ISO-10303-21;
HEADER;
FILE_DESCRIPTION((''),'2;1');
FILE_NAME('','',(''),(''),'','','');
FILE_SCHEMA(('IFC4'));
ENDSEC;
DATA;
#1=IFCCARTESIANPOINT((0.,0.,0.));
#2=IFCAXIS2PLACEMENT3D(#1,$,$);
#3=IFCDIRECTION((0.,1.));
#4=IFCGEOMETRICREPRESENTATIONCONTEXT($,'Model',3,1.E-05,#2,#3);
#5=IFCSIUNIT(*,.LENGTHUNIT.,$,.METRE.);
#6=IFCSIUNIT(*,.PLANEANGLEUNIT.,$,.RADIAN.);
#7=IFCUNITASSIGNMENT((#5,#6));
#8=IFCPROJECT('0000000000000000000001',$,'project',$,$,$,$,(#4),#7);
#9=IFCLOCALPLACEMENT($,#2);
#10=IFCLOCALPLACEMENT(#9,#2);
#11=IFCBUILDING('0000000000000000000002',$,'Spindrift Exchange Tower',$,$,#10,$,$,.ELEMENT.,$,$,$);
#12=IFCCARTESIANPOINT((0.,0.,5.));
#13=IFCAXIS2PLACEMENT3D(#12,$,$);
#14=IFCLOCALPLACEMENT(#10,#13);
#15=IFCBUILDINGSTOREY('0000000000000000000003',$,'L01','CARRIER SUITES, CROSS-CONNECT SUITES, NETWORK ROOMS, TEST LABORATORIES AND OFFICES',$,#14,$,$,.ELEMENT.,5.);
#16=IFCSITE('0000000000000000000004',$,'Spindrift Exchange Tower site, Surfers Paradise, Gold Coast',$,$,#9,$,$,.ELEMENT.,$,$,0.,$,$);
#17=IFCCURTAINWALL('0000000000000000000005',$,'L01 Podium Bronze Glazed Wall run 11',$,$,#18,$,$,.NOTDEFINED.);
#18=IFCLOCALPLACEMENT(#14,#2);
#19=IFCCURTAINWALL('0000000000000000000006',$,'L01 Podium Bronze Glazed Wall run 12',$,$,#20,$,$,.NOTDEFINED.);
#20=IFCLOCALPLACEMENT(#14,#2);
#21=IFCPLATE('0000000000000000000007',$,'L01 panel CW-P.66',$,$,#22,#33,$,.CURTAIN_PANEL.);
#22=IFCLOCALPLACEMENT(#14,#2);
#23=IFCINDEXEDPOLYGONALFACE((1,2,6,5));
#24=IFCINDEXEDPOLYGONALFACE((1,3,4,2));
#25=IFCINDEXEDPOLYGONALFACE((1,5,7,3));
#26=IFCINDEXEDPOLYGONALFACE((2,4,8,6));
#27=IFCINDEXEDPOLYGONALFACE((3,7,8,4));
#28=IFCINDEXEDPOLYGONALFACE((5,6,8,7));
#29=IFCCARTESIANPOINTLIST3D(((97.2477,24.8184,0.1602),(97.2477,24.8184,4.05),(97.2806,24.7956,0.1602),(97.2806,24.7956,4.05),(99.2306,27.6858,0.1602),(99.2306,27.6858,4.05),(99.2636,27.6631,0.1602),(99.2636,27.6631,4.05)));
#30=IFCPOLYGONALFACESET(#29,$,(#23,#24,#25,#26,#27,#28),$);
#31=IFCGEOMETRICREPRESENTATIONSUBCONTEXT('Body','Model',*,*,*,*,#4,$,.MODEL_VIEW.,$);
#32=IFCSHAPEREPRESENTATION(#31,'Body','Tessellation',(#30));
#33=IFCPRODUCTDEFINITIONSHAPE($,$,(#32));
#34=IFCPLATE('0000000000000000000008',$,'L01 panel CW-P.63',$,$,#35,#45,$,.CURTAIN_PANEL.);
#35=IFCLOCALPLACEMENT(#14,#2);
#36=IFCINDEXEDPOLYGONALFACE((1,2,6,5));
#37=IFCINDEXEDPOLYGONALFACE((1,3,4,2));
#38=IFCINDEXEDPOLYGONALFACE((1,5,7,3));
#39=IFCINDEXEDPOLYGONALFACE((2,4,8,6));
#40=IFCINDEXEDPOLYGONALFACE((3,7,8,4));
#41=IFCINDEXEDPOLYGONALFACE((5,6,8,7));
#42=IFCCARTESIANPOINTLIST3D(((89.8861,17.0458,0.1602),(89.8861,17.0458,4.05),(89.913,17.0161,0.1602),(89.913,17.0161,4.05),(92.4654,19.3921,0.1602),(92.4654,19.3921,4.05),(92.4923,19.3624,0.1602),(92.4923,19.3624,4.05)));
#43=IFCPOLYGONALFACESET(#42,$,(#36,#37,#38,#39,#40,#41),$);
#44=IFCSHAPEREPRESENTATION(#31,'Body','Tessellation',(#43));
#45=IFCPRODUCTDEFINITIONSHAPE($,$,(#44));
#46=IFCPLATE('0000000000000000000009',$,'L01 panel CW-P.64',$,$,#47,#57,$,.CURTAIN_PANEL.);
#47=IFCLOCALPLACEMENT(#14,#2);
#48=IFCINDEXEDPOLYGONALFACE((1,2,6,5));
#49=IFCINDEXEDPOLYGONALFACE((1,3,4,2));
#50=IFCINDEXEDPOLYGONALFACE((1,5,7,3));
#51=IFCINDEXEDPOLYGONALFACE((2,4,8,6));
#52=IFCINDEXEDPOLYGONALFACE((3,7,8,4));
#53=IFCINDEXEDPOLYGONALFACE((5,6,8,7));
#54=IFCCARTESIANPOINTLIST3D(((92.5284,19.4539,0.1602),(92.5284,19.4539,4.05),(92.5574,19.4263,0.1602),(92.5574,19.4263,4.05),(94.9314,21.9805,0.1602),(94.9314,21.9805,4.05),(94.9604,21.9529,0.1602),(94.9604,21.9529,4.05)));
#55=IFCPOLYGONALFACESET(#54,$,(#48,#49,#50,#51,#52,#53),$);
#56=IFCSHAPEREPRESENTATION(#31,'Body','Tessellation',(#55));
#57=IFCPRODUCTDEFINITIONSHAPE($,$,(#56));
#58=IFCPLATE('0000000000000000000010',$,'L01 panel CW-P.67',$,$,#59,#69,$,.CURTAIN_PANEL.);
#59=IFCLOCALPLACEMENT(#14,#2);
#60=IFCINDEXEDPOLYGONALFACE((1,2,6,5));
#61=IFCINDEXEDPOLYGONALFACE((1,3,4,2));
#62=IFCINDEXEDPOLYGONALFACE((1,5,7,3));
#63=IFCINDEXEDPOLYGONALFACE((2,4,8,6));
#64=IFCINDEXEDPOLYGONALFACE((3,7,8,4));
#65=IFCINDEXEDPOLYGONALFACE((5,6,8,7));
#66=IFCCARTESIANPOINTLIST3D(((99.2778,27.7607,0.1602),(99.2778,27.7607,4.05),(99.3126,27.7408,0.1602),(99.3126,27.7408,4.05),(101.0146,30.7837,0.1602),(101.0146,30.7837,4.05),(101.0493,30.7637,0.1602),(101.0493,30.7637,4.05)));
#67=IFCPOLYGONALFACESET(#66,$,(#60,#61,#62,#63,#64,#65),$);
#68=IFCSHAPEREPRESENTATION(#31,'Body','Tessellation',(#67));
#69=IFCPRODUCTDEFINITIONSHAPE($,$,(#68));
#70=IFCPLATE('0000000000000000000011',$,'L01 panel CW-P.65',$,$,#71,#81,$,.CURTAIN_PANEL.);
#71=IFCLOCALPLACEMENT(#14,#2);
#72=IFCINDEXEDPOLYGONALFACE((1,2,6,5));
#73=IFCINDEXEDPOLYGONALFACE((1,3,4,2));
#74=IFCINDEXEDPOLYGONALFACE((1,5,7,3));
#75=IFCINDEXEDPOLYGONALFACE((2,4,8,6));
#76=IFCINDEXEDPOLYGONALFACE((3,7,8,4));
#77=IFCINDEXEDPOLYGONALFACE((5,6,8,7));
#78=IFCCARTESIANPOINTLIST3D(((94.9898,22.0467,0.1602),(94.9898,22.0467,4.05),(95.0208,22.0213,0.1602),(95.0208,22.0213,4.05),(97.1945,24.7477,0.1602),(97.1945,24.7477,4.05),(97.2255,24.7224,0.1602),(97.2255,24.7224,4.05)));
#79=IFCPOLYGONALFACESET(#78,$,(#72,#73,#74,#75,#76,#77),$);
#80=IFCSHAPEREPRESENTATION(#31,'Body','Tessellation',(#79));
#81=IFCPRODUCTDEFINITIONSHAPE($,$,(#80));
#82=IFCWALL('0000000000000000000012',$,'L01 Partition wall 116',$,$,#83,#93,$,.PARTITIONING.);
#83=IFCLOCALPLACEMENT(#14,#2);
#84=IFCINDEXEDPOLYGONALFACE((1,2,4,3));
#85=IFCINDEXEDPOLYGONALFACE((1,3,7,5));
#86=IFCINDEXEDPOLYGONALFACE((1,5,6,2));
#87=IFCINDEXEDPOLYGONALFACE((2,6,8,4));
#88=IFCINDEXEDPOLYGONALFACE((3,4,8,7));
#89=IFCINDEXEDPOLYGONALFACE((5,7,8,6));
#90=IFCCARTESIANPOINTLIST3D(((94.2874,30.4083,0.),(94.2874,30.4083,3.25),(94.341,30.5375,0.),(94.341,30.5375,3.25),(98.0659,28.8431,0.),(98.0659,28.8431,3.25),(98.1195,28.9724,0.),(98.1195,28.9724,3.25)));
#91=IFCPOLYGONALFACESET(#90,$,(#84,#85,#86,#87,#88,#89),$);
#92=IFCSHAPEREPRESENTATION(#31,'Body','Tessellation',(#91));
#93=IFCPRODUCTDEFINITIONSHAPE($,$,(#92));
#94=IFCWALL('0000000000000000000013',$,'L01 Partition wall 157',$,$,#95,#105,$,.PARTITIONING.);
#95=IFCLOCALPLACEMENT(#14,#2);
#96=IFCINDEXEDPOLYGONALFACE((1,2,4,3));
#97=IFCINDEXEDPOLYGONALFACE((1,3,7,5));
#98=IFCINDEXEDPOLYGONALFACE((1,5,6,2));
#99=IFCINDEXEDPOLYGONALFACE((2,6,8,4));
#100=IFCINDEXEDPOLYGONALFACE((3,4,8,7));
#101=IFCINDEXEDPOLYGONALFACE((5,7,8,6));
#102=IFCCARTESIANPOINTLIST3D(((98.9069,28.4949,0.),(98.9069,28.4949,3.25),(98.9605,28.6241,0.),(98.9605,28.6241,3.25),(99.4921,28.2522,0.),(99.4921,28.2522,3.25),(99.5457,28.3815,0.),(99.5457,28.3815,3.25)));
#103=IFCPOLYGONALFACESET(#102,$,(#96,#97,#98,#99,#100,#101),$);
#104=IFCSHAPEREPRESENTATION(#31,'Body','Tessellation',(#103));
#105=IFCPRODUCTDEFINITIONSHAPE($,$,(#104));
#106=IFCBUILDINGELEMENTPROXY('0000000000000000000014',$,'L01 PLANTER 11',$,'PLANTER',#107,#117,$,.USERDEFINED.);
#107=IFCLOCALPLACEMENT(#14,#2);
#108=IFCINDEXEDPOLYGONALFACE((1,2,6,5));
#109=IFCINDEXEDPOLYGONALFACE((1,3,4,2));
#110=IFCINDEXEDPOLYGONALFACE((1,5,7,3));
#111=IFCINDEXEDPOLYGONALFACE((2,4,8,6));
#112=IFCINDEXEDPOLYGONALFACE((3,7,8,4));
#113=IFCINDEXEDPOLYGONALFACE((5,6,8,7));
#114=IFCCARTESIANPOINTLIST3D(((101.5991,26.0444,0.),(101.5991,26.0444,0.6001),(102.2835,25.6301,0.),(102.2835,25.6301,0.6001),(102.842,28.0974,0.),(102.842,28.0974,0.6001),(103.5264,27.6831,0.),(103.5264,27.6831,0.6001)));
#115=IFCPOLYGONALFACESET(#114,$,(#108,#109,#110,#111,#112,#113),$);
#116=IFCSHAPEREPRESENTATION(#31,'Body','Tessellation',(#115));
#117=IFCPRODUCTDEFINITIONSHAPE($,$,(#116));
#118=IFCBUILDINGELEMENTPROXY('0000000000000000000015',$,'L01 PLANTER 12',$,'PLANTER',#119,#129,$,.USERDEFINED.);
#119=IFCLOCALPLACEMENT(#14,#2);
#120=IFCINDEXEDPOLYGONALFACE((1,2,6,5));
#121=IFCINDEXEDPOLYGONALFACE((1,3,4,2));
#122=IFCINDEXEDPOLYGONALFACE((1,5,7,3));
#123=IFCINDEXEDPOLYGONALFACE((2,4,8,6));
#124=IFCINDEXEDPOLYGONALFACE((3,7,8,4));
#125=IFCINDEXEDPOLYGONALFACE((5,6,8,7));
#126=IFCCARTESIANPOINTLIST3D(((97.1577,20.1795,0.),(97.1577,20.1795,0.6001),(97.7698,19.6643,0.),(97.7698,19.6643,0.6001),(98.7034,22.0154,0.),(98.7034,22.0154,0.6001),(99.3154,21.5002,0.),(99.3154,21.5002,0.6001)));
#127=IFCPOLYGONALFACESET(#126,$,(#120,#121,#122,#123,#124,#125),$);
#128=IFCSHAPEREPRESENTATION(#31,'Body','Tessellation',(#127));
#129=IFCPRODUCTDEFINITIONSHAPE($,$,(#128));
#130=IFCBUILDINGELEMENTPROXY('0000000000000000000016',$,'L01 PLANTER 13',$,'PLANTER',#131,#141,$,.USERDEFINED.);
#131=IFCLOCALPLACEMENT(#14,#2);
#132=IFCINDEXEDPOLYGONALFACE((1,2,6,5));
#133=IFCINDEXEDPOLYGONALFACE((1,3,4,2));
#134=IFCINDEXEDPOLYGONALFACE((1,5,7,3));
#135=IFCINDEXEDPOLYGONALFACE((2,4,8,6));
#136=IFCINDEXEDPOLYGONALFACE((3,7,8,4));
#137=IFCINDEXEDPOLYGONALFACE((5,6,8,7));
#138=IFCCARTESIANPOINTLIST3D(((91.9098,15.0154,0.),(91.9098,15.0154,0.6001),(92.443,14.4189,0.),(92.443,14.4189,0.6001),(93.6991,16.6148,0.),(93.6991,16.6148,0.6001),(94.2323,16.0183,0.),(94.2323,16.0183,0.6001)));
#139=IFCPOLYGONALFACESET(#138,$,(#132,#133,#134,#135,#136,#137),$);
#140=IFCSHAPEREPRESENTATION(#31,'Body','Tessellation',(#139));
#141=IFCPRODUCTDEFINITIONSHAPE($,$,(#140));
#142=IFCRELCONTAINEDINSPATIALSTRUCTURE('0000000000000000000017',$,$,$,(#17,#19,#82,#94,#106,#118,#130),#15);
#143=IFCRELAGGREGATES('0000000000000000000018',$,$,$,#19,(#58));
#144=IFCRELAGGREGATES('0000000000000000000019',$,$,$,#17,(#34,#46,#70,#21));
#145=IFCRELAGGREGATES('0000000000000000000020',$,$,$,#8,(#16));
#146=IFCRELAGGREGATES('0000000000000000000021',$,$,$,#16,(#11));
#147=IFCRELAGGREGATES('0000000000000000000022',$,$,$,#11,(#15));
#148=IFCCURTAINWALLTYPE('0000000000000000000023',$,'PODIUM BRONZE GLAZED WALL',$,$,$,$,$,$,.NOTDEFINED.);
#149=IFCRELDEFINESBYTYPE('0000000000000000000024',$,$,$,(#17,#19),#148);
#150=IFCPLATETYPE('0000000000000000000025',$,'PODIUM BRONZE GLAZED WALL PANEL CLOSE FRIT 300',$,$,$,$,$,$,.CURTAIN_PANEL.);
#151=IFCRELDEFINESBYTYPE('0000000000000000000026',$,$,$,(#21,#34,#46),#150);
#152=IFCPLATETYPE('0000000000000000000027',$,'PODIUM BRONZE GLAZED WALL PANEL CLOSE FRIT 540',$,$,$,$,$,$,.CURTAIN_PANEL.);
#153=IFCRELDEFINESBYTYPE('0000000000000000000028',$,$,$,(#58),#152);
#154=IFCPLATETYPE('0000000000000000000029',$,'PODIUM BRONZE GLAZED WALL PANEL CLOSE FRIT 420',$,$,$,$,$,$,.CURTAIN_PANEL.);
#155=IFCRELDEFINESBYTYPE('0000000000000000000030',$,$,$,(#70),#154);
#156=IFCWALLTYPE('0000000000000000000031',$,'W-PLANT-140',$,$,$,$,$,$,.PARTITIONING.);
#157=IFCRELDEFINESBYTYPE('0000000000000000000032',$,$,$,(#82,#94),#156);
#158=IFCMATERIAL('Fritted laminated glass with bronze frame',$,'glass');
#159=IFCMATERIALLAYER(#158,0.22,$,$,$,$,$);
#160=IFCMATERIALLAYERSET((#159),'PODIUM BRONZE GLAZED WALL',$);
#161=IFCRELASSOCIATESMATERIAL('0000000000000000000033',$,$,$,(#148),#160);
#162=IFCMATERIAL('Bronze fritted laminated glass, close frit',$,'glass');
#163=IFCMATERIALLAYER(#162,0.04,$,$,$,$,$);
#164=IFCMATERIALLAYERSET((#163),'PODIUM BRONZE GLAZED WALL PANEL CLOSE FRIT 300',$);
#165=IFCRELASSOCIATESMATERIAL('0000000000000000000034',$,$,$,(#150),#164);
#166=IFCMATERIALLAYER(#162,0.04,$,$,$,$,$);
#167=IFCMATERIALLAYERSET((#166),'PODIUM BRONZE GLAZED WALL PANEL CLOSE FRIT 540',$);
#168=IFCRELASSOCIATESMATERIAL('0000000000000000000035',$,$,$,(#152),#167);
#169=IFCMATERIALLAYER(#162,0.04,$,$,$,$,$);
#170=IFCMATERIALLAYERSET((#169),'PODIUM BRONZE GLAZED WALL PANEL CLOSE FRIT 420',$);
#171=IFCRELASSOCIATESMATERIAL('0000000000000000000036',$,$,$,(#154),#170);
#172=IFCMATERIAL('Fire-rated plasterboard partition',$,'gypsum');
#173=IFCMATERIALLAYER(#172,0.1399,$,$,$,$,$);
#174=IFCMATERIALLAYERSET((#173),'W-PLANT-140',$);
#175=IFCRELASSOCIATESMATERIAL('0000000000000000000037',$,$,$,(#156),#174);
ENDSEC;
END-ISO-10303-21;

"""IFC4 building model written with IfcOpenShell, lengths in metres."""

from ifc_helpers import new_model, si_unit, direction, frame, frame_2d, origin, origin_2d, place, context, subcontext, project, spatial, rectangle, extrude, source, transform, mapped, material, layer, layer_set, type_object, element, aggregate, save


model = new_model("IFC4")

# Units and contexts
model_context = context("Model", 3, precision=1e-05, world=origin(), true_north=direction((0.0, 1.0)))
body_context = subcontext(model_context, "Body", "Model", "MODEL_VIEW")
ifc_project = project(units=[si_unit("LENGTHUNIT", "METRE"), si_unit("PLANEANGLEUNIT", "RADIAN")], contexts=[model_context])

# Site, building, storey
site_placement = place(None, origin())
site = spatial("IfcSite", under=ifc_project, at=site_placement, Name="Spindrift Exchange Tower site, Surfers Paradise, Gold Coast", CompositionType="ELEMENT", RefElevation=0.0)
building_placement = place(site_placement, origin())
building = spatial("IfcBuilding", under=site, at=building_placement, Name="Spindrift Exchange Tower", CompositionType="ELEMENT")
storey_placement = place(building_placement, frame((0.0, 0.0, 5.0)))
storey = spatial("IfcBuildingStorey", under=building, at=storey_placement, Name="L01", Description="CARRIER SUITES, CROSS-CONNECT SUITES, NETWORK ROOMS, TEST LABORATORIES AND OFFICES", CompositionType="ELEMENT", Elevation=5.0)

# Curtain wall
ifc_material_1 = material(Name="Fritted laminated glass with bronze frame", Category="glass")
ifc_layer_1 = layer(ifc_material_1, 0.22)
ifc_layer_set_1 = layer_set([ifc_layer_1], Name="PODIUM BRONZE GLAZED WALL")
curtain_wall_type = type_object("IfcCurtainWallType", Name="PODIUM BRONZE GLAZED WALL", PredefinedType="NOTDEFINED", material=ifc_layer_set_1)
curtain_wall_1_placement = place(storey_placement, origin())
curtain_wall_1 = element("IfcCurtainWall", 1, at=curtain_wall_1_placement, inside=storey, type_object=curtain_wall_type, Name="L01 Podium Bronze Glazed Wall run 11", PredefinedType="NOTDEFINED")

# Curtain wall
curtain_wall_2_placement = place(storey_placement, origin())
curtain_wall_2 = element("IfcCurtainWall", 2, at=curtain_wall_2_placement, inside=storey, type_object=curtain_wall_type, Name="L01 Podium Bronze Glazed Wall run 12", PredefinedType="NOTDEFINED")

# Plates
ifc_material_2 = material(Name="Bronze fritted laminated glass, close frit", Category="glass")
ifc_layer_2 = layer(ifc_material_2, 0.04)
ifc_layer_set_2 = layer_set([ifc_layer_2], Name="PODIUM BRONZE GLAZED WALL PANEL CLOSE FRIT 300")
plate_type_1 = type_object("IfcPlateType", Name="PODIUM BRONZE GLAZED WALL PANEL CLOSE FRIT 300", PredefinedType="CURTAIN_PANEL", material=ifc_layer_set_2)
shared_shape_1 = source(origin(), body_context, "Body", "SweptSolid", [
    extrude(rectangle(XDim=3.4863, YDim=0.04, at=origin_2d()), origin(), (0.0, 0.0, 1.0), 3.8899),
])
plate_1_placement = place(storey_placement, frame((98.2556, 26.2407, 0.1602), z_axis=(0.0, 0.0, 1.0), x_axis=(0.568777, 0.822492, 0.0)))
plate_1 = element("IfcPlate", 3, at=plate_1_placement, type_object=plate_type_1, Name="L01 panel CW-P.66", PredefinedType="CURTAIN_PANEL", context=body_context, shape_type="MappedRepresentation", body=[
    mapped(shared_shape_1, transform((0.0, 0.0, 0.0), scale=1.0)),
])
shared_shape_2 = source(origin(), body_context, "Body", "SweptSolid", [
    extrude(rectangle(XDim=3.4868, YDim=0.04, at=origin_2d()), origin(), (0.0, 0.0, 1.0), 3.8899),
])
plate_2_placement = place(storey_placement, frame((91.1892, 18.2041, 0.1602), z_axis=(0.0, 0.0, 1.0), x_axis=(0.739727, 0.672907, 0.0)))
plate_2 = element("IfcPlate", 4, at=plate_2_placement, type_object=plate_type_1, Name="L01 panel CW-P.63", PredefinedType="CURTAIN_PANEL", context=body_context, shape_type="MappedRepresentation", body=[
    mapped(shared_shape_2, transform((0.0, 0.0, 0.0), scale=1.0)),
])
plate_3_placement = place(storey_placement, frame((93.7444, 20.7034, 0.1602), z_axis=(0.0, 0.0, 1.0), x_axis=(0.689158, 0.724611, 0.0)))
plate_3 = element("IfcPlate", 5, at=plate_3_placement, type_object=plate_type_1, Name="L01 panel CW-P.64", PredefinedType="CURTAIN_PANEL", context=body_context, shape_type="MappedRepresentation", body=[
    mapped(shared_shape_2, transform((0.0, 0.0, 0.0), scale=1.0)),
])
ifc_layer_3 = layer(ifc_material_2, 0.04)
ifc_layer_set_3 = layer_set([ifc_layer_3], Name="PODIUM BRONZE GLAZED WALL PANEL CLOSE FRIT 540")
plate_type_2 = type_object("IfcPlateType", Name="PODIUM BRONZE GLAZED WALL PANEL CLOSE FRIT 540", PredefinedType="CURTAIN_PANEL", material=ifc_layer_set_3)
shared_shape_3 = source(origin(), body_context, "Body", "SweptSolid", [
    extrude(rectangle(XDim=3.4863, YDim=0.04, at=origin_2d()), origin(), (0.0, 0.0, 1.0), 3.8899),
])
plate_4_placement = place(storey_placement, frame((100.1636, 29.2622, 0.1602), z_axis=(0.0, 0.0, 1.0), x_axis=(0.498161, 0.867085, 0.0)))
plate_4 = element("IfcPlate", 6, at=plate_4_placement, type_object=plate_type_2, Name="L01 panel CW-P.67", PredefinedType="CURTAIN_PANEL", context=body_context, shape_type="MappedRepresentation", body=[
    mapped(shared_shape_3, transform((0.0, 0.0, 0.0), scale=1.0)),
])
aggregate(curtain_wall_2, [plate_4])
ifc_layer_4 = layer(ifc_material_2, 0.04)
ifc_layer_set_4 = layer_set([ifc_layer_4], Name="PODIUM BRONZE GLAZED WALL PANEL CLOSE FRIT 420")
plate_type_3 = type_object("IfcPlateType", Name="PODIUM BRONZE GLAZED WALL PANEL CLOSE FRIT 420", PredefinedType="CURTAIN_PANEL", material=ifc_layer_set_4)
shared_shape_4 = source(origin(), body_context, "Body", "SweptSolid", [
    extrude(rectangle(XDim=3.4866, YDim=0.04, at=origin_2d()), origin(), (0.0, 0.0, 1.0), 3.8899),
])
plate_5_placement = place(storey_placement, frame((96.1077, 23.3845, 0.1602), z_axis=(0.0, 0.0, 1.0), x_axis=(0.63233, 0.7747, 0.0)))
plate_5 = element("IfcPlate", 7, at=plate_5_placement, type_object=plate_type_3, Name="L01 panel CW-P.65", PredefinedType="CURTAIN_PANEL", context=body_context, shape_type="MappedRepresentation", body=[
    mapped(shared_shape_4, transform((0.0, 0.0, 0.0), scale=1.0)),
])
aggregate(curtain_wall_1, [plate_2, plate_3, plate_5, plate_1])

# Walls
ifc_material_3 = material(Name="Fire-rated plasterboard partition", Category="gypsum")
ifc_layer_5 = layer(ifc_material_3, 0.1399)
ifc_layer_set_5 = layer_set([ifc_layer_5], Name="W-PLANT-140")
wall_type = type_object("IfcWallType", Name="W-PLANT-140", PredefinedType="PARTITIONING", material=ifc_layer_set_5)
wall_1_placement = place(storey_placement, frame((94.3142, 30.4729, 0.0), z_axis=(0.0, 0.0, 1.0), x_axis=(0.923875, -0.382694, 0.0)))
element("IfcWall", 8, at=wall_1_placement, inside=storey, type_object=wall_type, Name="L01 Partition wall 116", PredefinedType="PARTITIONING", context=body_context, shape_type="SweptSolid", body=[
    extrude(rectangle(XDim=4.0898, YDim=0.1399, at=frame_2d((2.0449, 0.0))), origin(), (0.0, 0.0, 1.0), 3.25),
])
wall_2_placement = place(storey_placement, frame((98.9336, 28.5596, 0.0), z_axis=(0.0, 0.0, 1.0), x_axis=(0.923725, -0.383055, 0.0)))
element("IfcWall", 9, at=wall_2_placement, inside=storey, type_object=wall_type, Name="L01 Partition wall 157", PredefinedType="PARTITIONING", context=body_context, shape_type="SweptSolid", body=[
    extrude(rectangle(XDim=0.6335, YDim=0.1399, at=frame_2d((0.3169, 0.0))), origin(), (0.0, 0.0, 1.0), 3.25),
])

# Building element proxies
shared_shape_5 = source(origin(), body_context, "Body", "SweptSolid", [
    extrude(rectangle(XDim=2.3999, YDim=0.8, at=origin_2d()), origin(), (0.0, 0.0, 1.0), 0.6001),
])
for number, where, z_axis, x_axis, name in (
    (10, (102.5627, 26.8638, 0.0), (0.0, 0.0, 1.0), (-0.517879, -0.855454, 0.0), "L01 PLANTER 11"),
    (11, (98.2366, 20.8398, 0.0), (0.0, 0.0, 1.0), (-0.644042, -0.76499, 0.0), "L01 PLANTER 12"),
    (12, (93.071, 15.5168, 0.0), (0.0, 0.0, 1.0), (-0.745545, -0.666456, 0.0), "L01 PLANTER 13"),
):
    element("IfcBuildingElementProxy", number, at=place(storey_placement, frame(where, z_axis=z_axis, x_axis=x_axis)), inside=storey, Name=name, ObjectType="PLANTER", PredefinedType="USERDEFINED", context=body_context, shape_type="MappedRepresentation", body=[
        mapped(shared_shape_5, transform((0.0, 0.0, 0.0), scale=1.0)),
    ])

save(model, "model.ifc")
